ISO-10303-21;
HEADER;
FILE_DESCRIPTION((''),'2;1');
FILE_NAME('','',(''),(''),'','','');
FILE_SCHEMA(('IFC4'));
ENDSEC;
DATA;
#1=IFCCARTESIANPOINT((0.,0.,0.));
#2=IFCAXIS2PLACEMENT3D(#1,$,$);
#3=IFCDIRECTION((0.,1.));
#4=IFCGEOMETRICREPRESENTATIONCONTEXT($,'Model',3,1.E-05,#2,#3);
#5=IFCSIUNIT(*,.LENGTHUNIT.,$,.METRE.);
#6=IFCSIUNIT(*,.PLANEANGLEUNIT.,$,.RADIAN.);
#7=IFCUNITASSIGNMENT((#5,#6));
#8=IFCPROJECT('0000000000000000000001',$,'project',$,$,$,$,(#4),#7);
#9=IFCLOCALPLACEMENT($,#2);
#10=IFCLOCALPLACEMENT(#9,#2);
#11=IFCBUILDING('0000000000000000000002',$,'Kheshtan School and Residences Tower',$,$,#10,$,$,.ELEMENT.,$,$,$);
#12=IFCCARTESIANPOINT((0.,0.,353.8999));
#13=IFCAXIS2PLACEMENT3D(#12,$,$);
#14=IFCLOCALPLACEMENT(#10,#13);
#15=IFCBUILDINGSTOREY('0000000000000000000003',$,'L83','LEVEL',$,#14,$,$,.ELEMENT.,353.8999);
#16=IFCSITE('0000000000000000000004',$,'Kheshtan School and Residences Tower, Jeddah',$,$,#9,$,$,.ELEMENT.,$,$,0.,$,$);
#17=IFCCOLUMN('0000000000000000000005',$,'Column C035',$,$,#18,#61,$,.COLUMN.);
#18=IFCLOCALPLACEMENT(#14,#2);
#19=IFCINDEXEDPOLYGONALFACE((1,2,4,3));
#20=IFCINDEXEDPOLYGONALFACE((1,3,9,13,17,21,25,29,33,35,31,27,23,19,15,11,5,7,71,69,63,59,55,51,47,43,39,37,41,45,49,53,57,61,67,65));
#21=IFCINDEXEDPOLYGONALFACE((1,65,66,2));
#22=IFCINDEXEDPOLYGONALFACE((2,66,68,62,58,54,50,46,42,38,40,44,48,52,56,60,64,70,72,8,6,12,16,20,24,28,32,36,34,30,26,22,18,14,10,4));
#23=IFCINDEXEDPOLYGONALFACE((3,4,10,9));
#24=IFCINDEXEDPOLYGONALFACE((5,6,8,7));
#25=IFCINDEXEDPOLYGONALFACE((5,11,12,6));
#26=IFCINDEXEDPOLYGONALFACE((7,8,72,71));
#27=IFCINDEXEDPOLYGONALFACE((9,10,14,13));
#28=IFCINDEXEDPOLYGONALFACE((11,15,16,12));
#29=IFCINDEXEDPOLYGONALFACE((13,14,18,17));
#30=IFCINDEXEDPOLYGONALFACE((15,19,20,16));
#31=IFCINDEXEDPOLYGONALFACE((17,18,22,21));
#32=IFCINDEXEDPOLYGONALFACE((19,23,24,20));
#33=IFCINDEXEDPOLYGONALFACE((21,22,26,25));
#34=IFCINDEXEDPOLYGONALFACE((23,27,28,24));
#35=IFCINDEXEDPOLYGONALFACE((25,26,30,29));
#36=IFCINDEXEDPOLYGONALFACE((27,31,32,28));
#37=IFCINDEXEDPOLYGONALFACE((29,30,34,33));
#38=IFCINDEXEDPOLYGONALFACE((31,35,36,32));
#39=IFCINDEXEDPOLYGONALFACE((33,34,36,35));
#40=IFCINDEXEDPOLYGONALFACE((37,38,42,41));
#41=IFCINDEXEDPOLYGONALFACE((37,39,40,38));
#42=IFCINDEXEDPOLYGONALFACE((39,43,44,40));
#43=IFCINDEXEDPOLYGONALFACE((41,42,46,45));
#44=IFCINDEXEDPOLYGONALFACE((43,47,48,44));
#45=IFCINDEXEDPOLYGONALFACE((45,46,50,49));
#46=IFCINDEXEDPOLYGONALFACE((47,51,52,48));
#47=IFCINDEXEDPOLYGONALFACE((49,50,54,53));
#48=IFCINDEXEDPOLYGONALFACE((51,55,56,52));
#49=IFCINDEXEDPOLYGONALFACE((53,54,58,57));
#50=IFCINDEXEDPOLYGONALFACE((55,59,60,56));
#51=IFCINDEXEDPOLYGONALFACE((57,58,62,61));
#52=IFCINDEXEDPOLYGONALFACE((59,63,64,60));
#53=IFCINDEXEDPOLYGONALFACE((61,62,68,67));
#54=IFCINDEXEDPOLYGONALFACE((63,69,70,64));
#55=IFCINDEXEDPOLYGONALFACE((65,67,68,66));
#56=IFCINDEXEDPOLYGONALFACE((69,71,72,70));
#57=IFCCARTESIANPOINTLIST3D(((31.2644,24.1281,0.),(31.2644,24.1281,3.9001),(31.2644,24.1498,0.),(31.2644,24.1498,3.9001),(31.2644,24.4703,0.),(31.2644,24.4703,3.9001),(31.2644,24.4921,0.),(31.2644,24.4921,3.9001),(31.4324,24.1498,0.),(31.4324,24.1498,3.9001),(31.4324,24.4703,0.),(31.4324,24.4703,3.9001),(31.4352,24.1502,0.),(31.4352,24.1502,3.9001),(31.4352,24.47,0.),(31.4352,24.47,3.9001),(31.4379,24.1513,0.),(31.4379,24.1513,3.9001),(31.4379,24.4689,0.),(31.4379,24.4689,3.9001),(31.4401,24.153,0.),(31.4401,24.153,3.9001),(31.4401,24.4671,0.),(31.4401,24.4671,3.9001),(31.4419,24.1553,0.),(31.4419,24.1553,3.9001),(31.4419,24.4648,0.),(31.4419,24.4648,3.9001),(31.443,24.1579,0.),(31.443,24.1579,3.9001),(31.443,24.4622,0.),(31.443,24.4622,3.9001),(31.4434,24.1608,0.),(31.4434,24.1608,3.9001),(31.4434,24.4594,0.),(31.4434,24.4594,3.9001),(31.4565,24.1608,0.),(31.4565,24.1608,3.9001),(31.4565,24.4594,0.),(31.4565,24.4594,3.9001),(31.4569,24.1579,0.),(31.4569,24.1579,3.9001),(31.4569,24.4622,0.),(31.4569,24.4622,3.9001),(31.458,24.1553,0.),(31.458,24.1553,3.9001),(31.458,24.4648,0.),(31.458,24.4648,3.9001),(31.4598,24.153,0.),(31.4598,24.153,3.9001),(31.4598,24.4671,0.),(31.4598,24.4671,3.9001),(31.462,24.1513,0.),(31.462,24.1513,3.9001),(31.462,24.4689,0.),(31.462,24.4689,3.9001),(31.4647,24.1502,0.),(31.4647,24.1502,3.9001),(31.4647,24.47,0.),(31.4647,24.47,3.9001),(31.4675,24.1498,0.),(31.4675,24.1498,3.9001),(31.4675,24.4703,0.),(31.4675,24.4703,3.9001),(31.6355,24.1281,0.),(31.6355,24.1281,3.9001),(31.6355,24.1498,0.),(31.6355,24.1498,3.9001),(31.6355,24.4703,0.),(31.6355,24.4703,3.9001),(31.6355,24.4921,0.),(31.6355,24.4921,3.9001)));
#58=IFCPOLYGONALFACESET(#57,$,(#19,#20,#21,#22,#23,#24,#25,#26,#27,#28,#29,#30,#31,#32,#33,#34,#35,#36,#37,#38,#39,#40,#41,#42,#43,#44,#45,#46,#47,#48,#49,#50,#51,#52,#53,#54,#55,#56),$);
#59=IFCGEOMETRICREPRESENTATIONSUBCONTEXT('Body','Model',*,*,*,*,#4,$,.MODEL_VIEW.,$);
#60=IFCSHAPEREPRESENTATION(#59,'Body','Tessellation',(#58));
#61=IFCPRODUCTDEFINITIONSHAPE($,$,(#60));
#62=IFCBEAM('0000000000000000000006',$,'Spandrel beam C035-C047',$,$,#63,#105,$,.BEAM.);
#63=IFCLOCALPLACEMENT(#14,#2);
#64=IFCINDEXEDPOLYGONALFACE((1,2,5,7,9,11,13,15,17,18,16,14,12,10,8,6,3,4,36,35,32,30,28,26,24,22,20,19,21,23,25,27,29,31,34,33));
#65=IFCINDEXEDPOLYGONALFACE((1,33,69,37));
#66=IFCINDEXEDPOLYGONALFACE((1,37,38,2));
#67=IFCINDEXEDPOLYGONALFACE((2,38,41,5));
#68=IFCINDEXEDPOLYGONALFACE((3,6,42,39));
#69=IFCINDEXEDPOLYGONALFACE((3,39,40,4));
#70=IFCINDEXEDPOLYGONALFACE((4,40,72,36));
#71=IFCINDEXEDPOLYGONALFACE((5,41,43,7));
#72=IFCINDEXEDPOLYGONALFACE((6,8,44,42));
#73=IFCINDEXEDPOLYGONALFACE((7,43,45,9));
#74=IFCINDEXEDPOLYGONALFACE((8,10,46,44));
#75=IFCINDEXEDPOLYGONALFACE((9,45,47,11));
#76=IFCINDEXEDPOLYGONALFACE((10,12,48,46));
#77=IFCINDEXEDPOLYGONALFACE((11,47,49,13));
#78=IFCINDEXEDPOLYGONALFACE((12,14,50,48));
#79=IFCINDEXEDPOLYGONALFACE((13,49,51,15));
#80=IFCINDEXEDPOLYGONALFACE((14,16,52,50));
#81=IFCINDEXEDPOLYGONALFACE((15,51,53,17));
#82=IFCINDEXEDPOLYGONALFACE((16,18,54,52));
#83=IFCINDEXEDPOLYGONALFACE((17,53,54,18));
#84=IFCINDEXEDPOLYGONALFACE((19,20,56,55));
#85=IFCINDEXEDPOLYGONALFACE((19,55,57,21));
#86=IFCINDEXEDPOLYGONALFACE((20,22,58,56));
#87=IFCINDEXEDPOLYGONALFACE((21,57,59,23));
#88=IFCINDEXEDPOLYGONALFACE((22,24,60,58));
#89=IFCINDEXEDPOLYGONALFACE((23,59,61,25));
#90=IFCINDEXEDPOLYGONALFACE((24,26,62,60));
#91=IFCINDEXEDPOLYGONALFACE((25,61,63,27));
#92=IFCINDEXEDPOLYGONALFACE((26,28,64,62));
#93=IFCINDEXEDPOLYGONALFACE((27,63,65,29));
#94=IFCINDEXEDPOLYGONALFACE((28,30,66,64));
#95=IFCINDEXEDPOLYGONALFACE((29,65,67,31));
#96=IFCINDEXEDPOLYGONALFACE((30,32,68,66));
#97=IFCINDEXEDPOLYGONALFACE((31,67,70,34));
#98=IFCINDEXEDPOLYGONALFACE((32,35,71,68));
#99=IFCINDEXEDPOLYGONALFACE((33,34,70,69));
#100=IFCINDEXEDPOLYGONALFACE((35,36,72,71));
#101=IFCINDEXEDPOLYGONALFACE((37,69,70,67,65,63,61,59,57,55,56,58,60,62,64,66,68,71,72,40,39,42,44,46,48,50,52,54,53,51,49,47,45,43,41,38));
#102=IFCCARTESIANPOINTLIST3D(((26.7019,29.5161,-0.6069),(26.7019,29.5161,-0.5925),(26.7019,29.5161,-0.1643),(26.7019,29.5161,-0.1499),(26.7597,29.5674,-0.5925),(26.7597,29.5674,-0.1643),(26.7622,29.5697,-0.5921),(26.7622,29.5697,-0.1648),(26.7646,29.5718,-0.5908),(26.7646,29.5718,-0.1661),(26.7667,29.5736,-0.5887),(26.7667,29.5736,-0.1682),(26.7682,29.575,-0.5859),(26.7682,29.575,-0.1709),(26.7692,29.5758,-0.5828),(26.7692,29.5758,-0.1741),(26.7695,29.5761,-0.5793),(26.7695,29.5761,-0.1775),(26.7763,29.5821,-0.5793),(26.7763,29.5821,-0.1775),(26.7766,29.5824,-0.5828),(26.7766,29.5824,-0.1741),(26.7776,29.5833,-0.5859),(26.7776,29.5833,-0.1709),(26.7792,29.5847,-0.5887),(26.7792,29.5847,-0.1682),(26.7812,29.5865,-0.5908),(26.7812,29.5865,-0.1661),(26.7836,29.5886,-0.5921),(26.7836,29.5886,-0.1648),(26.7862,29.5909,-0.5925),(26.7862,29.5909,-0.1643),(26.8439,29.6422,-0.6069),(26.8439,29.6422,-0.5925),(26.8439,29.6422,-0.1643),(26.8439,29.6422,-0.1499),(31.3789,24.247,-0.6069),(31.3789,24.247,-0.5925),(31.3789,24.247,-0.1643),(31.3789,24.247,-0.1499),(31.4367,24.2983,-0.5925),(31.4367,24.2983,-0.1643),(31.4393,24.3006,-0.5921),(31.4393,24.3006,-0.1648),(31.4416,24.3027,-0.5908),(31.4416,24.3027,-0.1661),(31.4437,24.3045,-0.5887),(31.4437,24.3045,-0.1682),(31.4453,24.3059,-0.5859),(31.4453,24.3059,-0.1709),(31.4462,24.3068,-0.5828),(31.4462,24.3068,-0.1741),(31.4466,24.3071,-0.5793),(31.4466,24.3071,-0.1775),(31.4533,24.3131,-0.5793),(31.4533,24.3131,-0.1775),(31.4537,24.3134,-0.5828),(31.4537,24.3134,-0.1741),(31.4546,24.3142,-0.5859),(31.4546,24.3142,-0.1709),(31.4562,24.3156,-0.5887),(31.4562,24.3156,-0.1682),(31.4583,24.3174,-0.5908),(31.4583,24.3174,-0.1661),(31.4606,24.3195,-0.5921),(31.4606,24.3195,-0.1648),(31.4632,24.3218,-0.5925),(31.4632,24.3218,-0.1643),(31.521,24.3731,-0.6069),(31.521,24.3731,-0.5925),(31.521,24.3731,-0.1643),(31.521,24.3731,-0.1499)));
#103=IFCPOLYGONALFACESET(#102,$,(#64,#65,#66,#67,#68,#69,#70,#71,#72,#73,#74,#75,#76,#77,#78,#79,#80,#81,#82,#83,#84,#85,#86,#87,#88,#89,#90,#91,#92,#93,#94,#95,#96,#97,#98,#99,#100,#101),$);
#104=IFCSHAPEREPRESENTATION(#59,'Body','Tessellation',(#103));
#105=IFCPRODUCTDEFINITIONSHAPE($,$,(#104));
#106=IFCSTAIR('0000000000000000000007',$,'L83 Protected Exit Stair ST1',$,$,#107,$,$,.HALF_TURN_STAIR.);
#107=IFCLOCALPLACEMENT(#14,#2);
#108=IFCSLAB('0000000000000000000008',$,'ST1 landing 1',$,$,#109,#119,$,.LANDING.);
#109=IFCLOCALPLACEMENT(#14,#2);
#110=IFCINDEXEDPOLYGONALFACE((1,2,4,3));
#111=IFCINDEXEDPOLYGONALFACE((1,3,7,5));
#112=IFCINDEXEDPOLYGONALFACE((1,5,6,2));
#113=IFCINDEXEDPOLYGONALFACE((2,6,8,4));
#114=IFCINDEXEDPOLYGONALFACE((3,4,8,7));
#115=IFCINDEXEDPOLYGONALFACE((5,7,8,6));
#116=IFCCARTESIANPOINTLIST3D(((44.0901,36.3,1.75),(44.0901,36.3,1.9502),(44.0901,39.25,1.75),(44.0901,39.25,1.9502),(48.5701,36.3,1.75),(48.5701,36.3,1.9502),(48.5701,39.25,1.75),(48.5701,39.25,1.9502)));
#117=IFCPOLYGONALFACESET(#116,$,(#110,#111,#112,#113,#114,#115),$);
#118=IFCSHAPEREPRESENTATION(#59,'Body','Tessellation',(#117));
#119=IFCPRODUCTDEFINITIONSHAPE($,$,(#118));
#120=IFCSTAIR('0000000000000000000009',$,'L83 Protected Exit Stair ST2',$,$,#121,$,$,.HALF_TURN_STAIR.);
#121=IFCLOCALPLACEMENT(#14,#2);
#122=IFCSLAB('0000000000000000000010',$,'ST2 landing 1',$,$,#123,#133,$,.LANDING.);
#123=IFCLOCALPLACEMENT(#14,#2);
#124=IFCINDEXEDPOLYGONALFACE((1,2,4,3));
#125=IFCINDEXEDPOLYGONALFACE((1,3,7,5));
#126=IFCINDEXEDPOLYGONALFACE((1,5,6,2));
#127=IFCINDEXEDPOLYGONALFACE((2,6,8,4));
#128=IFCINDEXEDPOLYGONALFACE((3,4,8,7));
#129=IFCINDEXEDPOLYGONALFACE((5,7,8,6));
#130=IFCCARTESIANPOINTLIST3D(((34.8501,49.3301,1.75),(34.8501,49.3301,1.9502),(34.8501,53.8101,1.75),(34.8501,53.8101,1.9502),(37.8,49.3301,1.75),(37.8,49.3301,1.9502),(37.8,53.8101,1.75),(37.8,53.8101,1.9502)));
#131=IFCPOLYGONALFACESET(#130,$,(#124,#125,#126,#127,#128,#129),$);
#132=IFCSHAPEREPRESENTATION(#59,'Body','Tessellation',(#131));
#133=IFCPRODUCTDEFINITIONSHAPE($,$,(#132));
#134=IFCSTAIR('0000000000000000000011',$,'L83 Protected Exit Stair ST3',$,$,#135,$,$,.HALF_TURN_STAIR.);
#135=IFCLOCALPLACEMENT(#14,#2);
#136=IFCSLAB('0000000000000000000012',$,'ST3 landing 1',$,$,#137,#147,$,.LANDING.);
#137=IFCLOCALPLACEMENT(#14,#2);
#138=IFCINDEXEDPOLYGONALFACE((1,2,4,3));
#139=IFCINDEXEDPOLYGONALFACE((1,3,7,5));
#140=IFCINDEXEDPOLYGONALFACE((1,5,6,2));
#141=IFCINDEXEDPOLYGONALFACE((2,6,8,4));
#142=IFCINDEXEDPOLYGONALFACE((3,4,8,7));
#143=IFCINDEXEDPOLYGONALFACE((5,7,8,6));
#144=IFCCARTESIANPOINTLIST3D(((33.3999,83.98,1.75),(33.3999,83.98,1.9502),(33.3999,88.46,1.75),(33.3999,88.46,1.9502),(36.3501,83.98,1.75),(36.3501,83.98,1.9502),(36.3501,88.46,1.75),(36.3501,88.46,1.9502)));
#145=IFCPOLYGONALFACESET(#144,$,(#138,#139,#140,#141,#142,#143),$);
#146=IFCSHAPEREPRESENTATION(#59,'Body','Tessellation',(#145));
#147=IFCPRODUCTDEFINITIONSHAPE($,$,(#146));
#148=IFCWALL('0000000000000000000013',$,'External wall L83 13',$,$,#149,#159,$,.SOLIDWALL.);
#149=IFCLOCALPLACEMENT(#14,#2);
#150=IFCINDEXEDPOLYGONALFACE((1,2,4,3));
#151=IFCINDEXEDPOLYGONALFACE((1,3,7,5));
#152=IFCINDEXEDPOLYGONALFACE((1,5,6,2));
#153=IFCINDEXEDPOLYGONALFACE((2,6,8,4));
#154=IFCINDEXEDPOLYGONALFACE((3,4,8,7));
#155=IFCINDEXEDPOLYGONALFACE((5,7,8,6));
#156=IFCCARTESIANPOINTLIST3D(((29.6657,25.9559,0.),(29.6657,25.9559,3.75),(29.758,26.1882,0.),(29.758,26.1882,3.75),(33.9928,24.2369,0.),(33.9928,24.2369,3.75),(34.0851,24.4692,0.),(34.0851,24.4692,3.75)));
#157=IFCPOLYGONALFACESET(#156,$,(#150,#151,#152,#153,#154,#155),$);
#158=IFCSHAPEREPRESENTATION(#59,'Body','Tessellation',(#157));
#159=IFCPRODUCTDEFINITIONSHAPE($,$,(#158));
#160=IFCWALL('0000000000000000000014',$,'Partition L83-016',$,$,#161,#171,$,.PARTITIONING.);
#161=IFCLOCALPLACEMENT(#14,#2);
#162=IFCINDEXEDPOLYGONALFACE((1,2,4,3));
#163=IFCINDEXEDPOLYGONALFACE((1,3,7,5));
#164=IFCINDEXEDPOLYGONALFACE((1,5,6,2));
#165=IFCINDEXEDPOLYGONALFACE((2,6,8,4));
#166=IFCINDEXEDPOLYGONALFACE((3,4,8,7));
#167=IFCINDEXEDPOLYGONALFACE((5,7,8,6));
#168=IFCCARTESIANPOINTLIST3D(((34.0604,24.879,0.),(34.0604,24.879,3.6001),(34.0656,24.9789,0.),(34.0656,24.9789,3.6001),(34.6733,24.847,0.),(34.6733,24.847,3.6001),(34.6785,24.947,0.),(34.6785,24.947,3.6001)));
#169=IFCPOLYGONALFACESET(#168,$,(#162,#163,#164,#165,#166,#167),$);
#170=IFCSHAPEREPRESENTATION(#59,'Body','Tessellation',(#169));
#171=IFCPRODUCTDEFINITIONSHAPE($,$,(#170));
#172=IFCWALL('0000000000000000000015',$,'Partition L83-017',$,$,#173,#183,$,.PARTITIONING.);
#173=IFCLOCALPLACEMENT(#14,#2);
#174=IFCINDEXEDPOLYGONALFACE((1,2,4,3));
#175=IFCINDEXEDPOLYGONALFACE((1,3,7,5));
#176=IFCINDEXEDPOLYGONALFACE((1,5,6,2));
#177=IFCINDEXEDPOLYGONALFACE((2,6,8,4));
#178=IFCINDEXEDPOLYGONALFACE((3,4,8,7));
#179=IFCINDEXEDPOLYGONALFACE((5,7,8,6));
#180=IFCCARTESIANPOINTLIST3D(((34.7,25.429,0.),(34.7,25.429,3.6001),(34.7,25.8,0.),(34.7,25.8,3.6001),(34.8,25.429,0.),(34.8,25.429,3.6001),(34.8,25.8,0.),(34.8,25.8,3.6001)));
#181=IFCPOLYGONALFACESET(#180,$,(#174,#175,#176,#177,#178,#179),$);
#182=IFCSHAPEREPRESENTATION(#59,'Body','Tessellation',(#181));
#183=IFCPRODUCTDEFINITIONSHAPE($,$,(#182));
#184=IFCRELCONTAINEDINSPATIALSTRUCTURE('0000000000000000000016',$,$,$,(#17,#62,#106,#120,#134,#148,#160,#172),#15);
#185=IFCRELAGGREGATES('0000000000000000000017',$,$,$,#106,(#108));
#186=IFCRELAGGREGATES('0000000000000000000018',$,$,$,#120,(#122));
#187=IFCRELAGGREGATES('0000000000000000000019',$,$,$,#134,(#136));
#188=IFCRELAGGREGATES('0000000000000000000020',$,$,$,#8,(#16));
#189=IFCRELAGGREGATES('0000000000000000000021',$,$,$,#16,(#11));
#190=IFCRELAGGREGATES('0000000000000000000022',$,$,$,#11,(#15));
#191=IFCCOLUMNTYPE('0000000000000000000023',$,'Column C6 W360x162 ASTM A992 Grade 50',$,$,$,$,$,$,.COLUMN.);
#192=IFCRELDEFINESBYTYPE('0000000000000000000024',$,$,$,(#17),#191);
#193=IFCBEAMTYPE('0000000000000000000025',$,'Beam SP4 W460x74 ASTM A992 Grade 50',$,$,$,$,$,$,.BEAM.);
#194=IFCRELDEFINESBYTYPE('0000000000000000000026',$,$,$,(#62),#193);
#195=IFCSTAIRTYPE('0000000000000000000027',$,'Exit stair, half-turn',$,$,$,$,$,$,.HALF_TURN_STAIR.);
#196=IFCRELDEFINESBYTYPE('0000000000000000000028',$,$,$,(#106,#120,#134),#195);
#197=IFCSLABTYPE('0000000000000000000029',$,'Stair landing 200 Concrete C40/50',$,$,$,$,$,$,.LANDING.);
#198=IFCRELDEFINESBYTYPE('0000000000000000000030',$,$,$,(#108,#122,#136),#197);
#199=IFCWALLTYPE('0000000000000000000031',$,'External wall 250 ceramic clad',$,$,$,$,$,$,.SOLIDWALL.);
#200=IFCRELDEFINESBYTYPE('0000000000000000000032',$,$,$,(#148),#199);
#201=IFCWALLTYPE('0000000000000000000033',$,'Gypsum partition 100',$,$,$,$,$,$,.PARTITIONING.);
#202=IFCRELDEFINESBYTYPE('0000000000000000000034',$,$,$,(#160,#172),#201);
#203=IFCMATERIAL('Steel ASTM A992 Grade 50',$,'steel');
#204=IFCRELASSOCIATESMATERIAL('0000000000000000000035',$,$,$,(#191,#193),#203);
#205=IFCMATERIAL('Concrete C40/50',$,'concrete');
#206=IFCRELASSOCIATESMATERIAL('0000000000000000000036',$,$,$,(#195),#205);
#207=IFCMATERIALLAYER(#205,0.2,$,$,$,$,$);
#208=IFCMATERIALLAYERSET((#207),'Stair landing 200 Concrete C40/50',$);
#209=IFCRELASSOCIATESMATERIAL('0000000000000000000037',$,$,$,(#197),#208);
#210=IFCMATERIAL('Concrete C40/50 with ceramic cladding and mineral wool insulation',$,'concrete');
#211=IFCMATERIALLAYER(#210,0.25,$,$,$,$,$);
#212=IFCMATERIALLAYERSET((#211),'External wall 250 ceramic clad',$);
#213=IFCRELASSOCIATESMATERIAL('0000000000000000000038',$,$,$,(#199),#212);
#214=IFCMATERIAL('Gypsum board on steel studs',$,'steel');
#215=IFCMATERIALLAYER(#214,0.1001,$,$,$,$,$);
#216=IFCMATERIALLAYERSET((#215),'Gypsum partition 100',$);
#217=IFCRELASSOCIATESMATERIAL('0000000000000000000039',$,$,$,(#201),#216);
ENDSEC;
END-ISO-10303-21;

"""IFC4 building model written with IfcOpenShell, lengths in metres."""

from ifc_helpers import new_model, si_unit, direction, frame, frame_2d, origin, origin_2d, place, context, subcontext, project, spatial, polyline, rectangle, i_section, outline, extrude, material, layer, layer_set, material_profile, profile_set, type_object, element, aggregate, save


model = new_model("IFC4")

# Units and contexts
model_context = context("Model", 3, precision=1e-05, world=origin(), true_north=direction((0.0, 1.0)))
body_context = subcontext(model_context, "Body", "Model", "MODEL_VIEW")
ifc_project = project(units=[si_unit("LENGTHUNIT", "METRE"), si_unit("PLANEANGLEUNIT", "RADIAN")], contexts=[model_context])

# Site, building, storey
site_placement = place(None, origin())
site = spatial("IfcSite", under=ifc_project, at=site_placement, Name="Kheshtan School and Residences Tower, Jeddah", CompositionType="ELEMENT", RefElevation=0.0)
building_placement = place(site_placement, origin())
building = spatial("IfcBuilding", under=site, at=building_placement, Name="Kheshtan School and Residences Tower", CompositionType="ELEMENT")
storey_placement = place(building_placement, frame((0.0, 0.0, 353.8999)))
storey = spatial("IfcBuildingStorey", under=building, at=storey_placement, Name="L83", Description="LEVEL", CompositionType="ELEMENT", Elevation=353.8999)

# Column
ifc_material_1 = material(Name="Steel ASTM A992 Grade 50", Category="steel")
ifc_material_profile_1 = material_profile(ifc_material_1, i_section(OverallWidth=0.3711, OverallDepth=0.364, WebThickness=0.0132, FlangeThickness=0.0217, FilletRadius=0.011, at=origin_2d()), Name="W360x162")
ifc_profile_set_1 = profile_set([ifc_material_profile_1], Name="Steel ASTM A992 Grade 50")
column_type = type_object("IfcColumnType", Name="Column C6 W360x162 ASTM A992 Grade 50", PredefinedType="COLUMN", material=ifc_profile_set_1)
column_placement = place(storey_placement, frame((31.45, 24.3101, 0.0), z_axis=(0.0, 0.0, 1.0), x_axis=(1.0, 0.0, 0.0)))
element("IfcColumn", 1, at=column_placement, inside=storey, type_object=column_type, Name="Column C035", PredefinedType="COLUMN", context=body_context, shape_type="SweptSolid", body=[
    extrude(i_section(OverallWidth=0.3711, OverallDepth=0.364, WebThickness=0.0132, FlangeThickness=0.0217, FilletRadius=0.011, at=origin_2d()), origin(), (0.0, 0.0, 1.0), 3.9001),
])

# Beam
ifc_material_profile_2 = material_profile(ifc_material_1, i_section(OverallWidth=0.1899, OverallDepth=0.457, WebThickness=0.009, FlangeThickness=0.0144, FilletRadius=0.0132, at=origin_2d()), Name="W460x74")
ifc_profile_set_2 = profile_set([ifc_material_profile_2], Name="Steel ASTM A992 Grade 50")
beam_type = type_object("IfcBeamType", Name="Beam SP4 W460x74 ASTM A992 Grade 50", PredefinedType="BEAM", material=ifc_profile_set_2)
beam_placement = place(storey_placement, frame((31.45, 24.3101, -0.3784), z_axis=(-0.663841, 0.747874, 0.0), x_axis=(-0.747874, -0.663841, 0.0)))
element("IfcBeam", 2, at=beam_placement, inside=storey, type_object=beam_type, Name="Spandrel beam C035-C047", PredefinedType="BEAM", context=body_context, shape_type="SweptSolid", body=[
    extrude(i_section(OverallWidth=0.1899, OverallDepth=0.457, WebThickness=0.009, FlangeThickness=0.0144, FilletRadius=0.0132, at=origin_2d()), origin(), (0.0, 0.0, 1.0), 7.0454),
])

# Shared definitions
ifc_material_2 = material(Name="Concrete C40/50", Category="concrete")

# Stairs, slabs
stair_type = type_object("IfcStairType", Name="Exit stair, half-turn", PredefinedType="HALF_TURN_STAIR", material=ifc_material_2)
stair_1_placement = place(storey_placement, origin())
stair_1 = element("IfcStair", 3, at=stair_1_placement, inside=storey, type_object=stair_type, Name="L83 Protected Exit Stair ST1", PredefinedType="HALF_TURN_STAIR")
ifc_layer_1 = layer(ifc_material_2, 0.2)
ifc_layer_set_1 = layer_set([ifc_layer_1], Name="Stair landing 200 Concrete C40/50")
slab_type_1 = type_object("IfcSlabType", Name="Stair landing 200 Concrete C40/50", PredefinedType="LANDING", material=ifc_layer_set_1)
slab_1_placement = place(storey_placement, frame((0.0, 0.0, 1.75)))
slab_1 = element("IfcSlab", 4, at=slab_1_placement, type_object=slab_type_1, Name="ST1 landing 1", PredefinedType="LANDING", context=body_context, shape_type="SweptSolid", body=[
    extrude(outline(polyline([(48.5701, 39.25), (44.0901, 39.25), (44.0901, 36.3), (48.5701, 36.3), (48.5701, 39.25)])), origin(), (0.0, 0.0, 1.0), 0.2002),
])
aggregate(stair_1, [slab_1])
stair_2_placement = place(storey_placement, origin())
stair_2 = element("IfcStair", 5, at=stair_2_placement, inside=storey, type_object=stair_type, Name="L83 Protected Exit Stair ST2", PredefinedType="HALF_TURN_STAIR")
slab_2_placement = place(storey_placement, frame((0.0, 0.0, 1.75)))
slab_2 = element("IfcSlab", 6, at=slab_2_placement, type_object=slab_type_1, Name="ST2 landing 1", PredefinedType="LANDING", context=body_context, shape_type="SweptSolid", body=[
    extrude(outline(polyline([(37.8, 49.3301), (37.8, 53.8101), (34.8501, 53.8101), (34.8501, 49.3301), (37.8, 49.3301)])), origin(), (0.0, 0.0, 1.0), 0.2002),
])
aggregate(stair_2, [slab_2])
stair_3_placement = place(storey_placement, origin())
stair_3 = element("IfcStair", 7, at=stair_3_placement, inside=storey, type_object=stair_type, Name="L83 Protected Exit Stair ST3", PredefinedType="HALF_TURN_STAIR")
slab_3_placement = place(storey_placement, frame((0.0, 0.0, 1.75)))
slab_3 = element("IfcSlab", 8, at=slab_3_placement, type_object=slab_type_1, Name="ST3 landing 1", PredefinedType="LANDING", context=body_context, shape_type="SweptSolid", body=[
    extrude(outline(polyline([(36.3501, 83.98), (36.3501, 88.46), (33.3999, 88.46), (33.3999, 83.98), (36.3501, 83.98)])), origin(), (0.0, 0.0, 1.0), 0.2002),
])
aggregate(stair_3, [slab_3])

# Walls
ifc_material_3 = material(Name="Concrete C40/50 with ceramic cladding and mineral wool insulation", Category="concrete")
ifc_layer_2 = layer(ifc_material_3, 0.25)
ifc_layer_set_2 = layer_set([ifc_layer_2], Name="External wall 250 ceramic clad")
wall_type_1 = type_object("IfcWallType", Name="External wall 250 ceramic clad", PredefinedType="SOLIDWALL", material=ifc_layer_set_2)
wall_1_placement = place(storey_placement, frame((34.0391, 24.353, 0.0), z_axis=(0.0, 0.0, 1.0), x_axis=(-0.929353, 0.369193, 0.0)))
element("IfcWall", 9, at=wall_1_placement, inside=storey, type_object=wall_type_1, Name="External wall L83 13", PredefinedType="SOLIDWALL", context=body_context, shape_type="SweptSolid", body=[
    extrude(rectangle(XDim=4.656, YDim=0.25, at=frame_2d((2.3281, 0.0))), origin(), (0.0, 0.0, 1.0), 3.75),
])
ifc_material_4 = material(Name="Gypsum board on steel studs", Category="steel")
ifc_layer_3 = layer(ifc_material_4, 0.1001)
ifc_layer_set_3 = layer_set([ifc_layer_3], Name="Gypsum partition 100")
wall_type_2 = type_object("IfcWallType", Name="Gypsum partition 100", PredefinedType="PARTITIONING", material=ifc_layer_set_3)
wall_2_placement = place(storey_placement, frame((34.063, 24.929, 0.0), z_axis=(0.0, 0.0, 1.0), x_axis=(0.998642, -0.0521, 0.0)))
element("IfcWall", 10, at=wall_2_placement, inside=storey, type_object=wall_type_2, Name="Partition L83-016", PredefinedType="PARTITIONING", context=body_context, shape_type="SweptSolid", body=[
    extrude(rectangle(XDim=0.6138, YDim=0.1001, at=frame_2d((0.3069, 0.0))), origin(), (0.0, 0.0, 1.0), 3.6001),
])
wall_3_placement = place(storey_placement, frame((34.75, 25.429, 0.0), z_axis=(0.0, 0.0, 1.0), x_axis=(0.0, 1.0, 0.0)))
element("IfcWall", 11, at=wall_3_placement, inside=storey, type_object=wall_type_2, Name="Partition L83-017", PredefinedType="PARTITIONING", context=body_context, shape_type="SweptSolid", body=[
    extrude(rectangle(XDim=0.3711, YDim=0.1001, at=frame_2d((0.1855, 0.0))), origin(), (0.0, 0.0, 1.0), 3.6001),
])

save(model, "model.ifc")
